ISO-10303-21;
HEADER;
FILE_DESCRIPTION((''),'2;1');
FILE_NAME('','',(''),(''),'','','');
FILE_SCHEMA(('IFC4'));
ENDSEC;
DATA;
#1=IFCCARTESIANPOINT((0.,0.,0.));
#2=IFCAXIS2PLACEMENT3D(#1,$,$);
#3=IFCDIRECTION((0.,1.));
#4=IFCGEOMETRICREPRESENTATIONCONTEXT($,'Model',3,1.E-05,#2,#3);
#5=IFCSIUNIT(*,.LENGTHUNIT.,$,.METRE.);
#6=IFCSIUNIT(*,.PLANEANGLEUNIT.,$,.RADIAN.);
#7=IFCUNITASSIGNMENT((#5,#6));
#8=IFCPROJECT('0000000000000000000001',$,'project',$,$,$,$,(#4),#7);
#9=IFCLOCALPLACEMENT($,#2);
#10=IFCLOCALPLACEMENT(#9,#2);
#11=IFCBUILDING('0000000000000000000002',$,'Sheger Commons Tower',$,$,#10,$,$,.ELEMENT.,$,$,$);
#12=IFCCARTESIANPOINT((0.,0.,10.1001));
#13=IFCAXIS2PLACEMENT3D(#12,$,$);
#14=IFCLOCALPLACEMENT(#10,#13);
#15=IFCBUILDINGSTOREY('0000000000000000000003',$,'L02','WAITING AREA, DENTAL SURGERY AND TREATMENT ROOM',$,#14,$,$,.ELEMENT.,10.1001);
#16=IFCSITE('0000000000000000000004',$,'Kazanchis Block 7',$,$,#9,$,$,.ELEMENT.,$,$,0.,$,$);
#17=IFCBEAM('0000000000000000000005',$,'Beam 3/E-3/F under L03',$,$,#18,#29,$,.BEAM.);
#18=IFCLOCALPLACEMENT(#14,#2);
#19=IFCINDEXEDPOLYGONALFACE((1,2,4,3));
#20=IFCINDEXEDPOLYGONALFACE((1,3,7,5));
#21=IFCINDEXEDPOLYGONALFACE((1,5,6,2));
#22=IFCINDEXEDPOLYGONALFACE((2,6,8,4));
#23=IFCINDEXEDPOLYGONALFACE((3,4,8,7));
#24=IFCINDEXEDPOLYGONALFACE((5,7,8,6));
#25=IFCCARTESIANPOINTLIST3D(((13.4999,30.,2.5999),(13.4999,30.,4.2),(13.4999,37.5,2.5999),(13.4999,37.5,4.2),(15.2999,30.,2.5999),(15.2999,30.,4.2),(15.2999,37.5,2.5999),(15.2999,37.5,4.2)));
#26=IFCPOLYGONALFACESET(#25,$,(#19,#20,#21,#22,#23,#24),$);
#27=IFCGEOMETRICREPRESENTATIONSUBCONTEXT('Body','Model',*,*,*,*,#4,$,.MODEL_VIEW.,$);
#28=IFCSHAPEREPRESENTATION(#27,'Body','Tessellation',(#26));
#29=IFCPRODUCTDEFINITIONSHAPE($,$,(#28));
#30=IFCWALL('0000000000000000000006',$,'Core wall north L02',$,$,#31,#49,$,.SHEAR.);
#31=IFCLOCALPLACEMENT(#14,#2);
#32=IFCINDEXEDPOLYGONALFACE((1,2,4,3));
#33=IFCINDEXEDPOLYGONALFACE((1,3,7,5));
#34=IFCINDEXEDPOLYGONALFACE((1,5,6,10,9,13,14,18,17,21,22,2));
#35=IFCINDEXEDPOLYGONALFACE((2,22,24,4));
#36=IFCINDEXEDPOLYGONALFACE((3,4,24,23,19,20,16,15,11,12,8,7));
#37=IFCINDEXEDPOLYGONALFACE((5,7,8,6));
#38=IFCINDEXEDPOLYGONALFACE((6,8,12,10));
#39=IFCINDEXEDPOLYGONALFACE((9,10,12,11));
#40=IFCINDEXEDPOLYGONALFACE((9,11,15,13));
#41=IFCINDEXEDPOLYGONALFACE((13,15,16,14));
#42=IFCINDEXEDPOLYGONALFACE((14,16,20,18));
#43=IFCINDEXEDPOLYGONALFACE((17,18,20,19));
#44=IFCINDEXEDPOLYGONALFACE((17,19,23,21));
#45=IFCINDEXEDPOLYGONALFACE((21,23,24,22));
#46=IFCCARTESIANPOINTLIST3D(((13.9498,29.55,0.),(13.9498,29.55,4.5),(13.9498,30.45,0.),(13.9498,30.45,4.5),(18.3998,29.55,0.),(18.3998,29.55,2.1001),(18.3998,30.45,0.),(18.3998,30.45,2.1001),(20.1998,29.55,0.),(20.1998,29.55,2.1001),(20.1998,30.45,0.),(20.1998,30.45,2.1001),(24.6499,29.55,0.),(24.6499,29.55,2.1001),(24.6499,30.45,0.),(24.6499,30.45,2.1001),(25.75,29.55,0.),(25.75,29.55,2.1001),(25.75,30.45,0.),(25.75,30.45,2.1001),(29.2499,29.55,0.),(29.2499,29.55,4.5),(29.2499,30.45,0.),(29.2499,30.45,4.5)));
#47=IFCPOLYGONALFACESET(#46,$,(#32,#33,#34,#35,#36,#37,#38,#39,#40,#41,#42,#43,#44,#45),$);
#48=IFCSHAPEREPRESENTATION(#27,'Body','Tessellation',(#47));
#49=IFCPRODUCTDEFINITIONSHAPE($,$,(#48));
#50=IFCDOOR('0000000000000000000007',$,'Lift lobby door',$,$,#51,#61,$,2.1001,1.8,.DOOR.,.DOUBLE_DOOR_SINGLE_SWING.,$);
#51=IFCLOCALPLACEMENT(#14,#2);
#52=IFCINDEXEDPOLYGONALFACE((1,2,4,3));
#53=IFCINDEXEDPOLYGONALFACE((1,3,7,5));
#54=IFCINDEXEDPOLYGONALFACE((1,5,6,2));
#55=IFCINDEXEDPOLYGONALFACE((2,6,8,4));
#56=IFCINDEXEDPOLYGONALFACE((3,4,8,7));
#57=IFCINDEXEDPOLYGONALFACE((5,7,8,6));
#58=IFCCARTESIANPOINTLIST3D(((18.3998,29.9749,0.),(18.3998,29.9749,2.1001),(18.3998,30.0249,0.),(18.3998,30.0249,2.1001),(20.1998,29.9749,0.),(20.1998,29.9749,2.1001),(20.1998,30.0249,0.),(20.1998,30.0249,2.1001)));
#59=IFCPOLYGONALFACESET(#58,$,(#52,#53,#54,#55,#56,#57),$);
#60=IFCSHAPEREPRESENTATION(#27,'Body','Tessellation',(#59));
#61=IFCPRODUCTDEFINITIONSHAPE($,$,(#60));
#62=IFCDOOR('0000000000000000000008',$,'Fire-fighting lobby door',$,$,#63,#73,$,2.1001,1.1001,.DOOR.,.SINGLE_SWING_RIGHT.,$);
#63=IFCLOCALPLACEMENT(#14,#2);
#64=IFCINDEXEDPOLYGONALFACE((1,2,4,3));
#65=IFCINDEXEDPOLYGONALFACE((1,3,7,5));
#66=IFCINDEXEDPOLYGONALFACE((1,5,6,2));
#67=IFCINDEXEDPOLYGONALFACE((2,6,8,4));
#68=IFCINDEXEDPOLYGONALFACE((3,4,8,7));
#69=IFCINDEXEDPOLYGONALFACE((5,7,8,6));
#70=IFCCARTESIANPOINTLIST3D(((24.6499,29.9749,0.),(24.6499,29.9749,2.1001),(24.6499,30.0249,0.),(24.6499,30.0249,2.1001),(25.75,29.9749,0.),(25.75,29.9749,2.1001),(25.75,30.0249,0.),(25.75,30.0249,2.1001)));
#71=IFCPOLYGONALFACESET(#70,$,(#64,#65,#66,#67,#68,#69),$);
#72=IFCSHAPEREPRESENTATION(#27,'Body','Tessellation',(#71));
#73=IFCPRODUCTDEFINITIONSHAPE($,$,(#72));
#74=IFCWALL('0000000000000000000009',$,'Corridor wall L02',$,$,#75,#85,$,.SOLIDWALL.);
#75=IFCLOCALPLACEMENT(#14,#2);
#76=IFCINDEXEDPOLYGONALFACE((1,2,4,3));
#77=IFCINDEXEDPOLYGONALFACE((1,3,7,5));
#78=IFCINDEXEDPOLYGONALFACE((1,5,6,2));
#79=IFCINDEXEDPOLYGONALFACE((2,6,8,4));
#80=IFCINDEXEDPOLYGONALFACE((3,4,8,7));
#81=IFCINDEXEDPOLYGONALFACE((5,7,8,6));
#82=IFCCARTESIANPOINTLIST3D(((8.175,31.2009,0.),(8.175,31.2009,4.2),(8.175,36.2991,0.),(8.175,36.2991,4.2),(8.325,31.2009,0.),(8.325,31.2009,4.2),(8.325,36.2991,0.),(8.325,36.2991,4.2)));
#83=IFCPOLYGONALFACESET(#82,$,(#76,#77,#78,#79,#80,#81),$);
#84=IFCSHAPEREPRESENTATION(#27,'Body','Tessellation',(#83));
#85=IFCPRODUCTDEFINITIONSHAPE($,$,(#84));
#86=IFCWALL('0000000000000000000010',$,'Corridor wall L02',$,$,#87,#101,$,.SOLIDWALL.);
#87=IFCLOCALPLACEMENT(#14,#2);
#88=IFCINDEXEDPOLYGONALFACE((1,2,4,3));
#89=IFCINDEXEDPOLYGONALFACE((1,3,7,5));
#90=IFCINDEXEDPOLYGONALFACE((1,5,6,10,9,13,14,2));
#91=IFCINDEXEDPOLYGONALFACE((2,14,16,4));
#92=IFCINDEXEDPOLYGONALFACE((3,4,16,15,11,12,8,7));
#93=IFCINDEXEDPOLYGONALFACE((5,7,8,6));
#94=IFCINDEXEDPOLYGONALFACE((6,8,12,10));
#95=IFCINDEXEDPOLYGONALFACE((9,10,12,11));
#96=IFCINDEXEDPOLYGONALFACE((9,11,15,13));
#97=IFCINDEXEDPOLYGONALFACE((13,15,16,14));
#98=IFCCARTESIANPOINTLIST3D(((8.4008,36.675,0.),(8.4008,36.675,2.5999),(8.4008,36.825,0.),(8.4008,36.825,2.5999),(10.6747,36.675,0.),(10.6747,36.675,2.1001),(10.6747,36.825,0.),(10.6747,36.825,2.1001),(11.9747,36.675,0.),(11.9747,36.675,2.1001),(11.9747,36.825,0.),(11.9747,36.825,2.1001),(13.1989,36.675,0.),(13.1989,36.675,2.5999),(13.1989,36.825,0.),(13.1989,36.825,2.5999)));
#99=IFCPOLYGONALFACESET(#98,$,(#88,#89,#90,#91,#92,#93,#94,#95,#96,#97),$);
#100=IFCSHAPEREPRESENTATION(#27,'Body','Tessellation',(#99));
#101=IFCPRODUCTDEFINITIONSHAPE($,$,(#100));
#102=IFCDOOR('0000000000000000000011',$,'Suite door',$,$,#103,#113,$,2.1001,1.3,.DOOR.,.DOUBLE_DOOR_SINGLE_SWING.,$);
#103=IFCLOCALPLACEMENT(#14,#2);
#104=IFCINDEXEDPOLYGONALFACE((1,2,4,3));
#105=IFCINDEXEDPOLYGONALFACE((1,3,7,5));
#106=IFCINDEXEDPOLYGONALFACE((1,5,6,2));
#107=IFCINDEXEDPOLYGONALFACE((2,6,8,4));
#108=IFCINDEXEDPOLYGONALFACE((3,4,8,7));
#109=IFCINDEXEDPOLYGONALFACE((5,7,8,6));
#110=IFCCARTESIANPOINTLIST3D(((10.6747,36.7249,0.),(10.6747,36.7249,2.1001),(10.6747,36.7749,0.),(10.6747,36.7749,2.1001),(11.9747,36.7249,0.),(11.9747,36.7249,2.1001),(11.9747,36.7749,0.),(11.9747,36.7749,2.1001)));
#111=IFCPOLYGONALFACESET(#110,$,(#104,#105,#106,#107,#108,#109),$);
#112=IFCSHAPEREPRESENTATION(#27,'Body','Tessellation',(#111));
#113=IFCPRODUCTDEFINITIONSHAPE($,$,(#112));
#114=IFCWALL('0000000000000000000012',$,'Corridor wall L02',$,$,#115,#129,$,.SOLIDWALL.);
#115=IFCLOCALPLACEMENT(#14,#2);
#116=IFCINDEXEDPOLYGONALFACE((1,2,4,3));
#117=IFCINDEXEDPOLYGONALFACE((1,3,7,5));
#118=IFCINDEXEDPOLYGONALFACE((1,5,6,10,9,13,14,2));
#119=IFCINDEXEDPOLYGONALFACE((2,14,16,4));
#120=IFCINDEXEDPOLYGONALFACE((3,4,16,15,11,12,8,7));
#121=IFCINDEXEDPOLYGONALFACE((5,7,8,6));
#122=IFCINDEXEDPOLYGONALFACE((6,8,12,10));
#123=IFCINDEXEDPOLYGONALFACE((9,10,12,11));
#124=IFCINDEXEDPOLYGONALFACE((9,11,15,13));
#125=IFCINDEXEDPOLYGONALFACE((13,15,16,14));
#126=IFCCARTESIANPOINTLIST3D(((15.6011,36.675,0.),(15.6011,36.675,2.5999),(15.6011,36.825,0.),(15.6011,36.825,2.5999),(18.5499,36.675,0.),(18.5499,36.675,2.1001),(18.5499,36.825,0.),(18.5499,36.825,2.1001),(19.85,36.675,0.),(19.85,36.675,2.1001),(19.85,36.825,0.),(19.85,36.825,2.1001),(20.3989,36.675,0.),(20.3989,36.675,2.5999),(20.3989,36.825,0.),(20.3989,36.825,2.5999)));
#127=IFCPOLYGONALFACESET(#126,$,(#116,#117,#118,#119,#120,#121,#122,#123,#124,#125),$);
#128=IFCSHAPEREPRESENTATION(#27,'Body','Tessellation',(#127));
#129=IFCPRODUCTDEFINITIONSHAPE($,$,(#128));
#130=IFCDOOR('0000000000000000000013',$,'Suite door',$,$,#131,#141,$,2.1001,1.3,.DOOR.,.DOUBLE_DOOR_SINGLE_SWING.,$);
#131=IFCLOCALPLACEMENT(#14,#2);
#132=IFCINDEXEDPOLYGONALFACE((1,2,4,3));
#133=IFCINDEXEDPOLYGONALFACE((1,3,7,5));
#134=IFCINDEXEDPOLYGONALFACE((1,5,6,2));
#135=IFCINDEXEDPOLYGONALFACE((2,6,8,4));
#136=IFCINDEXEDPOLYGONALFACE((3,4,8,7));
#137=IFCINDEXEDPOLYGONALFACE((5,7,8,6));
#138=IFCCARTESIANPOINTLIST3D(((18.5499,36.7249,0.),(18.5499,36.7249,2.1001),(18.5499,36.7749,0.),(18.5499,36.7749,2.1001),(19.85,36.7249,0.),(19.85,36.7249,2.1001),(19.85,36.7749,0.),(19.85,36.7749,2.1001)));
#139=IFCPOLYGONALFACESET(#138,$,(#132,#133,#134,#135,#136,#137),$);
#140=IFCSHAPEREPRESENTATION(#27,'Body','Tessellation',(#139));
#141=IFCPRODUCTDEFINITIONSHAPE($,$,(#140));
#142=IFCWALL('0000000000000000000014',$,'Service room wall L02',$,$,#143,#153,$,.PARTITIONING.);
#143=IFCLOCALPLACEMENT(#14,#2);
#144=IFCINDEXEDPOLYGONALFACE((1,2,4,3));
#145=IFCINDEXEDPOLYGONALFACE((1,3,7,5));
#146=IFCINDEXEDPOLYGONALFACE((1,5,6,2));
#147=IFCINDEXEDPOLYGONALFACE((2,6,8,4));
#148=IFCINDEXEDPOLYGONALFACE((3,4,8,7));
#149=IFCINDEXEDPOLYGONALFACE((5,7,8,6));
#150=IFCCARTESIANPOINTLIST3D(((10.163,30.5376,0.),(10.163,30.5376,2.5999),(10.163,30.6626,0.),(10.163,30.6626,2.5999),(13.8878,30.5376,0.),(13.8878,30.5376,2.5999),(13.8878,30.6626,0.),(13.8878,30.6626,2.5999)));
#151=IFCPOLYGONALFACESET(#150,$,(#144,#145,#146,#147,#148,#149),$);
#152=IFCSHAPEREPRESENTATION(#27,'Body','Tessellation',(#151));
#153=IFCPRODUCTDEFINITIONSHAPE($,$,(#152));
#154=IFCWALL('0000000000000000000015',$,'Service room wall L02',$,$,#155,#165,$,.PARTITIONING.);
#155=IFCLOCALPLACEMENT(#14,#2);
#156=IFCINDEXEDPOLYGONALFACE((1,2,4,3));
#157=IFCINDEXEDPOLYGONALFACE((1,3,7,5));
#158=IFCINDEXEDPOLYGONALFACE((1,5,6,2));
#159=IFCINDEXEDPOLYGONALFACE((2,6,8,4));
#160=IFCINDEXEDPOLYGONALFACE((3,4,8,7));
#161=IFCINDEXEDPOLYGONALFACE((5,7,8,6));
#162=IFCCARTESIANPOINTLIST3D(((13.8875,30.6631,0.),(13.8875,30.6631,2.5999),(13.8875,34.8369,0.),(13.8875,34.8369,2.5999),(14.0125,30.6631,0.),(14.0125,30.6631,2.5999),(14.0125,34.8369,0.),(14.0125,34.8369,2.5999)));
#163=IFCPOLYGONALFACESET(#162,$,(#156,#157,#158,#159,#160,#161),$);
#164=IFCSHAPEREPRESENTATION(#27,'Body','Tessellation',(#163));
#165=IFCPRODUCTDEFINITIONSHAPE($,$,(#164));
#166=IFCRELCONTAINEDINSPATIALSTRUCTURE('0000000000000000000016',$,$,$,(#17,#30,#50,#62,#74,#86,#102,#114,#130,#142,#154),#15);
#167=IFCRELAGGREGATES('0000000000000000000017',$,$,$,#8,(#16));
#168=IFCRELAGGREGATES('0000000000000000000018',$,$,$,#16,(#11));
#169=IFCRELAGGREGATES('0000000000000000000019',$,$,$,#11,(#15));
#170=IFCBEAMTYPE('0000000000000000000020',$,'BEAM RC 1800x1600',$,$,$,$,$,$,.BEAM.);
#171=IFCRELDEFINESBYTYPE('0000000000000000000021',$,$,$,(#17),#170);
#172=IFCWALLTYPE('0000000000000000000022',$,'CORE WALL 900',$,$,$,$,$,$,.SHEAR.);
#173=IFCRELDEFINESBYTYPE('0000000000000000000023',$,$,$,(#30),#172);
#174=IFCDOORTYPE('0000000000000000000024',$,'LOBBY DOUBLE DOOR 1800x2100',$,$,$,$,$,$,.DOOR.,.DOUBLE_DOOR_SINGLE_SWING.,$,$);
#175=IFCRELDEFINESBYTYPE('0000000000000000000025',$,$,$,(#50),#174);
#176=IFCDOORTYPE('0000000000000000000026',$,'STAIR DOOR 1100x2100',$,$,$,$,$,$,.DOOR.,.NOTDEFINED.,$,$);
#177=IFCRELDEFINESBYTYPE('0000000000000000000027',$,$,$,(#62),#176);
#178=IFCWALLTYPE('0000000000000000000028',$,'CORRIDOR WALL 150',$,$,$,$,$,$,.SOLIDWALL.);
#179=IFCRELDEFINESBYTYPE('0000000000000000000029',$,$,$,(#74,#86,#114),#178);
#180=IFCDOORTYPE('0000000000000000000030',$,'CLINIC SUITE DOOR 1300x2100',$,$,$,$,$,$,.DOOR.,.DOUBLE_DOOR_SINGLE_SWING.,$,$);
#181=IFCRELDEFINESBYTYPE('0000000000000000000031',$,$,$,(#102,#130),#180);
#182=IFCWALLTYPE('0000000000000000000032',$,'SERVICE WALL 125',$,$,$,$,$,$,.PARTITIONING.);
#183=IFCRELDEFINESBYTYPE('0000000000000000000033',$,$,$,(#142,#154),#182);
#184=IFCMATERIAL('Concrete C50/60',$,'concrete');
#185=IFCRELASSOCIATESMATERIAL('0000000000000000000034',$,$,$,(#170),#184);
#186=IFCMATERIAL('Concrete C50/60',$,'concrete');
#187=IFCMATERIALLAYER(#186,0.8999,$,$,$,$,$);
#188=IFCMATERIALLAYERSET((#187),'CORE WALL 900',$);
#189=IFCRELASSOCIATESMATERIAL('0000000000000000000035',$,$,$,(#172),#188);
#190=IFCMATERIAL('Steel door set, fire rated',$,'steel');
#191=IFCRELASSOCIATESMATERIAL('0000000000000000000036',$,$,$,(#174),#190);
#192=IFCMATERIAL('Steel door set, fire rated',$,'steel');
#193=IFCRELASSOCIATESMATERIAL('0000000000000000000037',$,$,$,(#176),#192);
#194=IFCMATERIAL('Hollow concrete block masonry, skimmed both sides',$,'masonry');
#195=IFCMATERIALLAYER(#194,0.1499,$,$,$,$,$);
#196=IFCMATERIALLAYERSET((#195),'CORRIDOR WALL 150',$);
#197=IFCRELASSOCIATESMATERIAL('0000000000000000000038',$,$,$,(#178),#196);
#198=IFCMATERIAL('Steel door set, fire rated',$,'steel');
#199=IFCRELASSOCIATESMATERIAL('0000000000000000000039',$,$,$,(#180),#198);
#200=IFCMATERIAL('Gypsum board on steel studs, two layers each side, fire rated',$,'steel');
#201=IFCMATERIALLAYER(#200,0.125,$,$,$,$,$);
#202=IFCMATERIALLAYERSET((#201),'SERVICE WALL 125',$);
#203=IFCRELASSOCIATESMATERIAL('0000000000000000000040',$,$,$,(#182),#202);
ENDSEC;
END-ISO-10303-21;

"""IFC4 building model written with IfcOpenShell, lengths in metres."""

from ifc_helpers import new_model, si_unit, direction, frame, frame_2d, origin, origin_2d, place, context, subcontext, project, spatial, rectangle, extrude, material, layer, layer_set, material_profile, profile_set, type_object, element, fill, save


model = new_model("IFC4")

# Units and contexts
model_context = context("Model", 3, precision=1e-05, world=origin(), true_north=direction((0.0, 1.0)))
body_context = subcontext(model_context, "Body", "Model", "MODEL_VIEW")
ifc_project = project(units=[si_unit("LENGTHUNIT", "METRE"), si_unit("PLANEANGLEUNIT", "RADIAN")], contexts=[model_context])

# Site, building, storey
site_placement = place(None, origin())
site = spatial("IfcSite", under=ifc_project, at=site_placement, Name="Kazanchis Block 7", CompositionType="ELEMENT", RefElevation=0.0)
building_placement = place(site_placement, origin())
building = spatial("IfcBuilding", under=site, at=building_placement, Name="Sheger Commons Tower", CompositionType="ELEMENT")
storey_placement = place(building_placement, frame((0.0, 0.0, 10.1001)))
storey = spatial("IfcBuildingStorey", under=building, at=storey_placement, Name="L02", Description="WAITING AREA, DENTAL SURGERY AND TREATMENT ROOM", CompositionType="ELEMENT", Elevation=10.1001)

# Beam
ifc_material_1 = material(Name="Concrete C50/60", Category="concrete")
ifc_material_profile = material_profile(ifc_material_1, rectangle(XDim=1.8, YDim=1.6001, at=origin_2d()), Name="RC 1800x1600")
ifc_profile_set = profile_set([ifc_material_profile], Name="Concrete C50/60")
beam_type = type_object("IfcBeamType", Name="BEAM RC 1800x1600", PredefinedType="BEAM", material=ifc_profile_set)
beam_placement = place(storey_placement, frame((14.3999, 30.0, 3.3999), z_axis=(0.0, 1.0, 0.0), x_axis=(-1.0, 0.0, 0.0)))
element("IfcBeam", 1, at=beam_placement, inside=storey, type_object=beam_type, Name="Beam 3/E-3/F under L03", PredefinedType="BEAM", context=body_context, shape_type="SweptSolid", body=[
    extrude(rectangle(XDim=1.8, YDim=1.6001, at=origin_2d()), origin(), (0.0, 0.0, 1.0), 7.5),
])

# Wall, openings, doors
ifc_material_2 = material(Name="Concrete C50/60", Category="concrete")
ifc_layer_1 = layer(ifc_material_2, 0.8999)
ifc_layer_set_1 = layer_set([ifc_layer_1], Name="CORE WALL 900")
wall_type_1 = type_object("IfcWallType", Name="CORE WALL 900", PredefinedType="SHEAR", material=ifc_layer_set_1)
wall_1_placement = place(storey_placement, frame((13.95, 30.0, 0.0), z_axis=(0.0, 0.0, 1.0), x_axis=(1.0, 0.0, 0.0)))
wall_1 = element("IfcWall", 2, at=wall_1_placement, inside=storey, type_object=wall_type_1, Name="Core wall north L02", PredefinedType="SHEAR", context=body_context, shape_type="SweptSolid", body=[
    extrude(rectangle(XDim=15.3, YDim=0.8999, at=frame_2d((7.6499, 0.0))), origin(), (0.0, 0.0, 1.0), 4.5),
])
opening_1_placement = place(wall_1_placement, frame((4.45, 0.0, 0.0)))
opening_1 = element("IfcOpeningElement", 3, at=opening_1_placement, cuts=wall_1, PredefinedType="OPENING", context=body_context, shape_type="SweptSolid", body=[
    extrude(rectangle(XDim=1.8, YDim=2.1001, at=frame_2d((0.8999, 1.05))), frame((0.0, 0.46, 0.0), z_axis=(0.0, -1.0, 0.0), x_axis=(1.0, 0.0, 0.0)), (0.0, 0.0, 1.0), 0.9199),
])
opening_2_placement = place(wall_1_placement, frame((10.7, 0.0, 0.0)))
opening_2 = element("IfcOpeningElement", 4, at=opening_2_placement, cuts=wall_1, PredefinedType="OPENING", context=body_context, shape_type="SweptSolid", body=[
    extrude(rectangle(XDim=1.1001, YDim=2.1001, at=frame_2d((0.55, 1.05))), frame((0.0, 0.46, 0.0), z_axis=(0.0, -1.0, 0.0), x_axis=(1.0, 0.0, 0.0)), (0.0, 0.0, 1.0), 0.9199),
])
ifc_material_3 = material(Name="Steel door set, fire rated", Category="steel")
door_type_1 = type_object("IfcDoorType", Name="LOBBY DOUBLE DOOR 1800x2100", OperationType="DOUBLE_DOOR_SINGLE_SWING", PredefinedType="DOOR", material=ifc_material_3)
door_1_placement = place(opening_1_placement, origin())
door_1 = element("IfcDoor", 5, at=door_1_placement, inside=storey, type_object=door_type_1, Name="Lift lobby door", OperationType="DOUBLE_DOOR_SINGLE_SWING", OverallHeight=2.1001, OverallWidth=1.8, PredefinedType="DOOR", context=body_context, shape_type="SweptSolid", body=[
    extrude(rectangle(XDim=1.8, YDim=2.1001, at=frame_2d((0.8999, 1.05))), frame((0.0, 0.0249, 0.0), z_axis=(0.0, -1.0, 0.0), x_axis=(1.0, 0.0, 0.0)), (0.0, 0.0, 1.0), 0.05),
])
fill(opening_1, door_1)
ifc_material_4 = material(Name="Steel door set, fire rated", Category="steel")
door_type_2 = type_object("IfcDoorType", Name="STAIR DOOR 1100x2100", OperationType="NOTDEFINED", PredefinedType="DOOR", material=ifc_material_4)
door_2_placement = place(opening_2_placement, origin())
door_2 = element("IfcDoor", 6, at=door_2_placement, inside=storey, type_object=door_type_2, Name="Fire-fighting lobby door", OperationType="SINGLE_SWING_RIGHT", OverallHeight=2.1001, OverallWidth=1.1001, PredefinedType="DOOR", context=body_context, shape_type="SweptSolid", body=[
    extrude(rectangle(XDim=1.1001, YDim=2.1001, at=frame_2d((0.55, 1.05))), frame((0.0, 0.0249, 0.0), z_axis=(0.0, -1.0, 0.0), x_axis=(1.0, 0.0, 0.0)), (0.0, 0.0, 1.0), 0.05),
])
fill(opening_2, door_2)

# Wall
ifc_material_5 = material(Name="Hollow concrete block masonry, skimmed both sides", Category="masonry")
ifc_layer_2 = layer(ifc_material_5, 0.1499)
ifc_layer_set_2 = layer_set([ifc_layer_2], Name="CORRIDOR WALL 150")
wall_type_2 = type_object("IfcWallType", Name="CORRIDOR WALL 150", PredefinedType="SOLIDWALL", material=ifc_layer_set_2)
wall_2_placement = place(storey_placement, frame((8.25, 31.2009, 0.0), z_axis=(0.0, 0.0, 1.0), x_axis=(0.0, 1.0, 0.0)))
element("IfcWall", 7, at=wall_2_placement, inside=storey, type_object=wall_type_2, Name="Corridor wall L02", PredefinedType="SOLIDWALL", context=body_context, shape_type="SweptSolid", body=[
    extrude(rectangle(XDim=5.0981, YDim=0.1499, at=frame_2d((2.5491, 0.0))), origin(), (0.0, 0.0, 1.0), 4.2),
])

# Walls, openings, doors
wall_3_placement = place(storey_placement, frame((8.4009, 36.75, 0.0), z_axis=(0.0, 0.0, 1.0), x_axis=(1.0, 0.0, 0.0)))
wall_3 = element("IfcWall", 8, at=wall_3_placement, inside=storey, type_object=wall_type_2, Name="Corridor wall L02", PredefinedType="SOLIDWALL", context=body_context, shape_type="SweptSolid", body=[
    extrude(rectangle(XDim=4.7981, YDim=0.1499, at=frame_2d((2.3989, 0.0))), origin(), (0.0, 0.0, 1.0), 2.5999),
])
opening_3_placement = place(wall_3_placement, frame((2.2739, 0.0, 0.0)))
opening_3 = element("IfcOpeningElement", 9, at=opening_3_placement, cuts=wall_3, PredefinedType="OPENING", context=body_context, shape_type="SweptSolid", body=[
    extrude(rectangle(XDim=1.3, YDim=2.1001, at=frame_2d((0.6499, 1.05))), frame((0.0, 0.085, 0.0), z_axis=(0.0, -1.0, 0.0), x_axis=(1.0, 0.0, 0.0)), (0.0, 0.0, 1.0), 0.1699),
])
ifc_material_6 = material(Name="Steel door set, fire rated", Category="steel")
door_type_3 = type_object("IfcDoorType", Name="CLINIC SUITE DOOR 1300x2100", OperationType="DOUBLE_DOOR_SINGLE_SWING", PredefinedType="DOOR", material=ifc_material_6)
door_3_placement = place(opening_3_placement, origin())
door_3 = element("IfcDoor", 10, at=door_3_placement, inside=storey, type_object=door_type_3, Name="Suite door", OperationType="DOUBLE_DOOR_SINGLE_SWING", OverallHeight=2.1001, OverallWidth=1.3, PredefinedType="DOOR", context=body_context, shape_type="SweptSolid", body=[
    extrude(rectangle(XDim=1.3, YDim=2.1001, at=frame_2d((0.6499, 1.05))), frame((0.0, 0.0249, 0.0), z_axis=(0.0, -1.0, 0.0), x_axis=(1.0, 0.0, 0.0)), (0.0, 0.0, 1.0), 0.05),
])
fill(opening_3, door_3)
wall_4_placement = place(storey_placement, frame((15.6011, 36.75, 0.0), z_axis=(0.0, 0.0, 1.0), x_axis=(1.0, 0.0, 0.0)))
wall_4 = element("IfcWall", 11, at=wall_4_placement, inside=storey, type_object=wall_type_2, Name="Corridor wall L02", PredefinedType="SOLIDWALL", context=body_context, shape_type="SweptSolid", body=[
    extrude(rectangle(XDim=4.7979, YDim=0.1499, at=frame_2d((2.3989, 0.0))), origin(), (0.0, 0.0, 1.0), 2.5999),
])
opening_4_placement = place(wall_4_placement, frame((2.949, 0.0, 0.0)))
opening_4 = element("IfcOpeningElement", 12, at=opening_4_placement, cuts=wall_4, PredefinedType="OPENING", context=body_context, shape_type="SweptSolid", body=[
    extrude(rectangle(XDim=1.3, YDim=2.1001, at=frame_2d((0.6499, 1.05))), frame((0.0, 0.085, 0.0), z_axis=(0.0, -1.0, 0.0), x_axis=(1.0, 0.0, 0.0)), (0.0, 0.0, 1.0), 0.1699),
])
door_4_placement = place(opening_4_placement, origin())
door_4 = element("IfcDoor", 13, at=door_4_placement, inside=storey, type_object=door_type_3, Name="Suite door", OperationType="DOUBLE_DOOR_SINGLE_SWING", OverallHeight=2.1001, OverallWidth=1.3, PredefinedType="DOOR", context=body_context, shape_type="SweptSolid", body=[
    extrude(rectangle(XDim=1.3, YDim=2.1001, at=frame_2d((0.6499, 1.05))), frame((0.0, 0.0249, 0.0), z_axis=(0.0, -1.0, 0.0), x_axis=(1.0, 0.0, 0.0)), (0.0, 0.0, 1.0), 0.05),
])
fill(opening_4, door_4)

# Walls
ifc_material_7 = material(Name="Gypsum board on steel studs, two layers each side, fire rated", Category="steel")
ifc_layer_3 = layer(ifc_material_7, 0.125)
ifc_layer_set_3 = layer_set([ifc_layer_3], Name="SERVICE WALL 125")
wall_type_3 = type_object("IfcWallType", Name="SERVICE WALL 125", PredefinedType="PARTITIONING", material=ifc_layer_set_3)
wall_5_placement = place(storey_placement, frame((10.1631, 30.6001, 0.0), z_axis=(0.0, 0.0, 1.0), x_axis=(1.0, 0.0, 0.0)))
element("IfcWall", 14, at=wall_5_placement, inside=storey, type_object=wall_type_3, Name="Service room wall L02", PredefinedType="PARTITIONING", context=body_context, shape_type="SweptSolid", body=[
    extrude(rectangle(XDim=3.7249, YDim=0.125, at=frame_2d((1.8623, 0.0))), origin(), (0.0, 0.0, 1.0), 2.5999),
])
wall_6_placement = place(storey_placement, frame((13.95, 30.6631, 0.0), z_axis=(0.0, 0.0, 1.0), x_axis=(0.0, 1.0, 0.0)))
element("IfcWall", 15, at=wall_6_placement, inside=storey, type_object=wall_type_3, Name="Service room wall L02", PredefinedType="PARTITIONING", context=body_context, shape_type="SweptSolid", body=[
    extrude(rectangle(XDim=4.1738, YDim=0.125, at=frame_2d((2.0869, 0.0))), origin(), (0.0, 0.0, 1.0), 2.5999),
])

save(model, "model.ifc")
